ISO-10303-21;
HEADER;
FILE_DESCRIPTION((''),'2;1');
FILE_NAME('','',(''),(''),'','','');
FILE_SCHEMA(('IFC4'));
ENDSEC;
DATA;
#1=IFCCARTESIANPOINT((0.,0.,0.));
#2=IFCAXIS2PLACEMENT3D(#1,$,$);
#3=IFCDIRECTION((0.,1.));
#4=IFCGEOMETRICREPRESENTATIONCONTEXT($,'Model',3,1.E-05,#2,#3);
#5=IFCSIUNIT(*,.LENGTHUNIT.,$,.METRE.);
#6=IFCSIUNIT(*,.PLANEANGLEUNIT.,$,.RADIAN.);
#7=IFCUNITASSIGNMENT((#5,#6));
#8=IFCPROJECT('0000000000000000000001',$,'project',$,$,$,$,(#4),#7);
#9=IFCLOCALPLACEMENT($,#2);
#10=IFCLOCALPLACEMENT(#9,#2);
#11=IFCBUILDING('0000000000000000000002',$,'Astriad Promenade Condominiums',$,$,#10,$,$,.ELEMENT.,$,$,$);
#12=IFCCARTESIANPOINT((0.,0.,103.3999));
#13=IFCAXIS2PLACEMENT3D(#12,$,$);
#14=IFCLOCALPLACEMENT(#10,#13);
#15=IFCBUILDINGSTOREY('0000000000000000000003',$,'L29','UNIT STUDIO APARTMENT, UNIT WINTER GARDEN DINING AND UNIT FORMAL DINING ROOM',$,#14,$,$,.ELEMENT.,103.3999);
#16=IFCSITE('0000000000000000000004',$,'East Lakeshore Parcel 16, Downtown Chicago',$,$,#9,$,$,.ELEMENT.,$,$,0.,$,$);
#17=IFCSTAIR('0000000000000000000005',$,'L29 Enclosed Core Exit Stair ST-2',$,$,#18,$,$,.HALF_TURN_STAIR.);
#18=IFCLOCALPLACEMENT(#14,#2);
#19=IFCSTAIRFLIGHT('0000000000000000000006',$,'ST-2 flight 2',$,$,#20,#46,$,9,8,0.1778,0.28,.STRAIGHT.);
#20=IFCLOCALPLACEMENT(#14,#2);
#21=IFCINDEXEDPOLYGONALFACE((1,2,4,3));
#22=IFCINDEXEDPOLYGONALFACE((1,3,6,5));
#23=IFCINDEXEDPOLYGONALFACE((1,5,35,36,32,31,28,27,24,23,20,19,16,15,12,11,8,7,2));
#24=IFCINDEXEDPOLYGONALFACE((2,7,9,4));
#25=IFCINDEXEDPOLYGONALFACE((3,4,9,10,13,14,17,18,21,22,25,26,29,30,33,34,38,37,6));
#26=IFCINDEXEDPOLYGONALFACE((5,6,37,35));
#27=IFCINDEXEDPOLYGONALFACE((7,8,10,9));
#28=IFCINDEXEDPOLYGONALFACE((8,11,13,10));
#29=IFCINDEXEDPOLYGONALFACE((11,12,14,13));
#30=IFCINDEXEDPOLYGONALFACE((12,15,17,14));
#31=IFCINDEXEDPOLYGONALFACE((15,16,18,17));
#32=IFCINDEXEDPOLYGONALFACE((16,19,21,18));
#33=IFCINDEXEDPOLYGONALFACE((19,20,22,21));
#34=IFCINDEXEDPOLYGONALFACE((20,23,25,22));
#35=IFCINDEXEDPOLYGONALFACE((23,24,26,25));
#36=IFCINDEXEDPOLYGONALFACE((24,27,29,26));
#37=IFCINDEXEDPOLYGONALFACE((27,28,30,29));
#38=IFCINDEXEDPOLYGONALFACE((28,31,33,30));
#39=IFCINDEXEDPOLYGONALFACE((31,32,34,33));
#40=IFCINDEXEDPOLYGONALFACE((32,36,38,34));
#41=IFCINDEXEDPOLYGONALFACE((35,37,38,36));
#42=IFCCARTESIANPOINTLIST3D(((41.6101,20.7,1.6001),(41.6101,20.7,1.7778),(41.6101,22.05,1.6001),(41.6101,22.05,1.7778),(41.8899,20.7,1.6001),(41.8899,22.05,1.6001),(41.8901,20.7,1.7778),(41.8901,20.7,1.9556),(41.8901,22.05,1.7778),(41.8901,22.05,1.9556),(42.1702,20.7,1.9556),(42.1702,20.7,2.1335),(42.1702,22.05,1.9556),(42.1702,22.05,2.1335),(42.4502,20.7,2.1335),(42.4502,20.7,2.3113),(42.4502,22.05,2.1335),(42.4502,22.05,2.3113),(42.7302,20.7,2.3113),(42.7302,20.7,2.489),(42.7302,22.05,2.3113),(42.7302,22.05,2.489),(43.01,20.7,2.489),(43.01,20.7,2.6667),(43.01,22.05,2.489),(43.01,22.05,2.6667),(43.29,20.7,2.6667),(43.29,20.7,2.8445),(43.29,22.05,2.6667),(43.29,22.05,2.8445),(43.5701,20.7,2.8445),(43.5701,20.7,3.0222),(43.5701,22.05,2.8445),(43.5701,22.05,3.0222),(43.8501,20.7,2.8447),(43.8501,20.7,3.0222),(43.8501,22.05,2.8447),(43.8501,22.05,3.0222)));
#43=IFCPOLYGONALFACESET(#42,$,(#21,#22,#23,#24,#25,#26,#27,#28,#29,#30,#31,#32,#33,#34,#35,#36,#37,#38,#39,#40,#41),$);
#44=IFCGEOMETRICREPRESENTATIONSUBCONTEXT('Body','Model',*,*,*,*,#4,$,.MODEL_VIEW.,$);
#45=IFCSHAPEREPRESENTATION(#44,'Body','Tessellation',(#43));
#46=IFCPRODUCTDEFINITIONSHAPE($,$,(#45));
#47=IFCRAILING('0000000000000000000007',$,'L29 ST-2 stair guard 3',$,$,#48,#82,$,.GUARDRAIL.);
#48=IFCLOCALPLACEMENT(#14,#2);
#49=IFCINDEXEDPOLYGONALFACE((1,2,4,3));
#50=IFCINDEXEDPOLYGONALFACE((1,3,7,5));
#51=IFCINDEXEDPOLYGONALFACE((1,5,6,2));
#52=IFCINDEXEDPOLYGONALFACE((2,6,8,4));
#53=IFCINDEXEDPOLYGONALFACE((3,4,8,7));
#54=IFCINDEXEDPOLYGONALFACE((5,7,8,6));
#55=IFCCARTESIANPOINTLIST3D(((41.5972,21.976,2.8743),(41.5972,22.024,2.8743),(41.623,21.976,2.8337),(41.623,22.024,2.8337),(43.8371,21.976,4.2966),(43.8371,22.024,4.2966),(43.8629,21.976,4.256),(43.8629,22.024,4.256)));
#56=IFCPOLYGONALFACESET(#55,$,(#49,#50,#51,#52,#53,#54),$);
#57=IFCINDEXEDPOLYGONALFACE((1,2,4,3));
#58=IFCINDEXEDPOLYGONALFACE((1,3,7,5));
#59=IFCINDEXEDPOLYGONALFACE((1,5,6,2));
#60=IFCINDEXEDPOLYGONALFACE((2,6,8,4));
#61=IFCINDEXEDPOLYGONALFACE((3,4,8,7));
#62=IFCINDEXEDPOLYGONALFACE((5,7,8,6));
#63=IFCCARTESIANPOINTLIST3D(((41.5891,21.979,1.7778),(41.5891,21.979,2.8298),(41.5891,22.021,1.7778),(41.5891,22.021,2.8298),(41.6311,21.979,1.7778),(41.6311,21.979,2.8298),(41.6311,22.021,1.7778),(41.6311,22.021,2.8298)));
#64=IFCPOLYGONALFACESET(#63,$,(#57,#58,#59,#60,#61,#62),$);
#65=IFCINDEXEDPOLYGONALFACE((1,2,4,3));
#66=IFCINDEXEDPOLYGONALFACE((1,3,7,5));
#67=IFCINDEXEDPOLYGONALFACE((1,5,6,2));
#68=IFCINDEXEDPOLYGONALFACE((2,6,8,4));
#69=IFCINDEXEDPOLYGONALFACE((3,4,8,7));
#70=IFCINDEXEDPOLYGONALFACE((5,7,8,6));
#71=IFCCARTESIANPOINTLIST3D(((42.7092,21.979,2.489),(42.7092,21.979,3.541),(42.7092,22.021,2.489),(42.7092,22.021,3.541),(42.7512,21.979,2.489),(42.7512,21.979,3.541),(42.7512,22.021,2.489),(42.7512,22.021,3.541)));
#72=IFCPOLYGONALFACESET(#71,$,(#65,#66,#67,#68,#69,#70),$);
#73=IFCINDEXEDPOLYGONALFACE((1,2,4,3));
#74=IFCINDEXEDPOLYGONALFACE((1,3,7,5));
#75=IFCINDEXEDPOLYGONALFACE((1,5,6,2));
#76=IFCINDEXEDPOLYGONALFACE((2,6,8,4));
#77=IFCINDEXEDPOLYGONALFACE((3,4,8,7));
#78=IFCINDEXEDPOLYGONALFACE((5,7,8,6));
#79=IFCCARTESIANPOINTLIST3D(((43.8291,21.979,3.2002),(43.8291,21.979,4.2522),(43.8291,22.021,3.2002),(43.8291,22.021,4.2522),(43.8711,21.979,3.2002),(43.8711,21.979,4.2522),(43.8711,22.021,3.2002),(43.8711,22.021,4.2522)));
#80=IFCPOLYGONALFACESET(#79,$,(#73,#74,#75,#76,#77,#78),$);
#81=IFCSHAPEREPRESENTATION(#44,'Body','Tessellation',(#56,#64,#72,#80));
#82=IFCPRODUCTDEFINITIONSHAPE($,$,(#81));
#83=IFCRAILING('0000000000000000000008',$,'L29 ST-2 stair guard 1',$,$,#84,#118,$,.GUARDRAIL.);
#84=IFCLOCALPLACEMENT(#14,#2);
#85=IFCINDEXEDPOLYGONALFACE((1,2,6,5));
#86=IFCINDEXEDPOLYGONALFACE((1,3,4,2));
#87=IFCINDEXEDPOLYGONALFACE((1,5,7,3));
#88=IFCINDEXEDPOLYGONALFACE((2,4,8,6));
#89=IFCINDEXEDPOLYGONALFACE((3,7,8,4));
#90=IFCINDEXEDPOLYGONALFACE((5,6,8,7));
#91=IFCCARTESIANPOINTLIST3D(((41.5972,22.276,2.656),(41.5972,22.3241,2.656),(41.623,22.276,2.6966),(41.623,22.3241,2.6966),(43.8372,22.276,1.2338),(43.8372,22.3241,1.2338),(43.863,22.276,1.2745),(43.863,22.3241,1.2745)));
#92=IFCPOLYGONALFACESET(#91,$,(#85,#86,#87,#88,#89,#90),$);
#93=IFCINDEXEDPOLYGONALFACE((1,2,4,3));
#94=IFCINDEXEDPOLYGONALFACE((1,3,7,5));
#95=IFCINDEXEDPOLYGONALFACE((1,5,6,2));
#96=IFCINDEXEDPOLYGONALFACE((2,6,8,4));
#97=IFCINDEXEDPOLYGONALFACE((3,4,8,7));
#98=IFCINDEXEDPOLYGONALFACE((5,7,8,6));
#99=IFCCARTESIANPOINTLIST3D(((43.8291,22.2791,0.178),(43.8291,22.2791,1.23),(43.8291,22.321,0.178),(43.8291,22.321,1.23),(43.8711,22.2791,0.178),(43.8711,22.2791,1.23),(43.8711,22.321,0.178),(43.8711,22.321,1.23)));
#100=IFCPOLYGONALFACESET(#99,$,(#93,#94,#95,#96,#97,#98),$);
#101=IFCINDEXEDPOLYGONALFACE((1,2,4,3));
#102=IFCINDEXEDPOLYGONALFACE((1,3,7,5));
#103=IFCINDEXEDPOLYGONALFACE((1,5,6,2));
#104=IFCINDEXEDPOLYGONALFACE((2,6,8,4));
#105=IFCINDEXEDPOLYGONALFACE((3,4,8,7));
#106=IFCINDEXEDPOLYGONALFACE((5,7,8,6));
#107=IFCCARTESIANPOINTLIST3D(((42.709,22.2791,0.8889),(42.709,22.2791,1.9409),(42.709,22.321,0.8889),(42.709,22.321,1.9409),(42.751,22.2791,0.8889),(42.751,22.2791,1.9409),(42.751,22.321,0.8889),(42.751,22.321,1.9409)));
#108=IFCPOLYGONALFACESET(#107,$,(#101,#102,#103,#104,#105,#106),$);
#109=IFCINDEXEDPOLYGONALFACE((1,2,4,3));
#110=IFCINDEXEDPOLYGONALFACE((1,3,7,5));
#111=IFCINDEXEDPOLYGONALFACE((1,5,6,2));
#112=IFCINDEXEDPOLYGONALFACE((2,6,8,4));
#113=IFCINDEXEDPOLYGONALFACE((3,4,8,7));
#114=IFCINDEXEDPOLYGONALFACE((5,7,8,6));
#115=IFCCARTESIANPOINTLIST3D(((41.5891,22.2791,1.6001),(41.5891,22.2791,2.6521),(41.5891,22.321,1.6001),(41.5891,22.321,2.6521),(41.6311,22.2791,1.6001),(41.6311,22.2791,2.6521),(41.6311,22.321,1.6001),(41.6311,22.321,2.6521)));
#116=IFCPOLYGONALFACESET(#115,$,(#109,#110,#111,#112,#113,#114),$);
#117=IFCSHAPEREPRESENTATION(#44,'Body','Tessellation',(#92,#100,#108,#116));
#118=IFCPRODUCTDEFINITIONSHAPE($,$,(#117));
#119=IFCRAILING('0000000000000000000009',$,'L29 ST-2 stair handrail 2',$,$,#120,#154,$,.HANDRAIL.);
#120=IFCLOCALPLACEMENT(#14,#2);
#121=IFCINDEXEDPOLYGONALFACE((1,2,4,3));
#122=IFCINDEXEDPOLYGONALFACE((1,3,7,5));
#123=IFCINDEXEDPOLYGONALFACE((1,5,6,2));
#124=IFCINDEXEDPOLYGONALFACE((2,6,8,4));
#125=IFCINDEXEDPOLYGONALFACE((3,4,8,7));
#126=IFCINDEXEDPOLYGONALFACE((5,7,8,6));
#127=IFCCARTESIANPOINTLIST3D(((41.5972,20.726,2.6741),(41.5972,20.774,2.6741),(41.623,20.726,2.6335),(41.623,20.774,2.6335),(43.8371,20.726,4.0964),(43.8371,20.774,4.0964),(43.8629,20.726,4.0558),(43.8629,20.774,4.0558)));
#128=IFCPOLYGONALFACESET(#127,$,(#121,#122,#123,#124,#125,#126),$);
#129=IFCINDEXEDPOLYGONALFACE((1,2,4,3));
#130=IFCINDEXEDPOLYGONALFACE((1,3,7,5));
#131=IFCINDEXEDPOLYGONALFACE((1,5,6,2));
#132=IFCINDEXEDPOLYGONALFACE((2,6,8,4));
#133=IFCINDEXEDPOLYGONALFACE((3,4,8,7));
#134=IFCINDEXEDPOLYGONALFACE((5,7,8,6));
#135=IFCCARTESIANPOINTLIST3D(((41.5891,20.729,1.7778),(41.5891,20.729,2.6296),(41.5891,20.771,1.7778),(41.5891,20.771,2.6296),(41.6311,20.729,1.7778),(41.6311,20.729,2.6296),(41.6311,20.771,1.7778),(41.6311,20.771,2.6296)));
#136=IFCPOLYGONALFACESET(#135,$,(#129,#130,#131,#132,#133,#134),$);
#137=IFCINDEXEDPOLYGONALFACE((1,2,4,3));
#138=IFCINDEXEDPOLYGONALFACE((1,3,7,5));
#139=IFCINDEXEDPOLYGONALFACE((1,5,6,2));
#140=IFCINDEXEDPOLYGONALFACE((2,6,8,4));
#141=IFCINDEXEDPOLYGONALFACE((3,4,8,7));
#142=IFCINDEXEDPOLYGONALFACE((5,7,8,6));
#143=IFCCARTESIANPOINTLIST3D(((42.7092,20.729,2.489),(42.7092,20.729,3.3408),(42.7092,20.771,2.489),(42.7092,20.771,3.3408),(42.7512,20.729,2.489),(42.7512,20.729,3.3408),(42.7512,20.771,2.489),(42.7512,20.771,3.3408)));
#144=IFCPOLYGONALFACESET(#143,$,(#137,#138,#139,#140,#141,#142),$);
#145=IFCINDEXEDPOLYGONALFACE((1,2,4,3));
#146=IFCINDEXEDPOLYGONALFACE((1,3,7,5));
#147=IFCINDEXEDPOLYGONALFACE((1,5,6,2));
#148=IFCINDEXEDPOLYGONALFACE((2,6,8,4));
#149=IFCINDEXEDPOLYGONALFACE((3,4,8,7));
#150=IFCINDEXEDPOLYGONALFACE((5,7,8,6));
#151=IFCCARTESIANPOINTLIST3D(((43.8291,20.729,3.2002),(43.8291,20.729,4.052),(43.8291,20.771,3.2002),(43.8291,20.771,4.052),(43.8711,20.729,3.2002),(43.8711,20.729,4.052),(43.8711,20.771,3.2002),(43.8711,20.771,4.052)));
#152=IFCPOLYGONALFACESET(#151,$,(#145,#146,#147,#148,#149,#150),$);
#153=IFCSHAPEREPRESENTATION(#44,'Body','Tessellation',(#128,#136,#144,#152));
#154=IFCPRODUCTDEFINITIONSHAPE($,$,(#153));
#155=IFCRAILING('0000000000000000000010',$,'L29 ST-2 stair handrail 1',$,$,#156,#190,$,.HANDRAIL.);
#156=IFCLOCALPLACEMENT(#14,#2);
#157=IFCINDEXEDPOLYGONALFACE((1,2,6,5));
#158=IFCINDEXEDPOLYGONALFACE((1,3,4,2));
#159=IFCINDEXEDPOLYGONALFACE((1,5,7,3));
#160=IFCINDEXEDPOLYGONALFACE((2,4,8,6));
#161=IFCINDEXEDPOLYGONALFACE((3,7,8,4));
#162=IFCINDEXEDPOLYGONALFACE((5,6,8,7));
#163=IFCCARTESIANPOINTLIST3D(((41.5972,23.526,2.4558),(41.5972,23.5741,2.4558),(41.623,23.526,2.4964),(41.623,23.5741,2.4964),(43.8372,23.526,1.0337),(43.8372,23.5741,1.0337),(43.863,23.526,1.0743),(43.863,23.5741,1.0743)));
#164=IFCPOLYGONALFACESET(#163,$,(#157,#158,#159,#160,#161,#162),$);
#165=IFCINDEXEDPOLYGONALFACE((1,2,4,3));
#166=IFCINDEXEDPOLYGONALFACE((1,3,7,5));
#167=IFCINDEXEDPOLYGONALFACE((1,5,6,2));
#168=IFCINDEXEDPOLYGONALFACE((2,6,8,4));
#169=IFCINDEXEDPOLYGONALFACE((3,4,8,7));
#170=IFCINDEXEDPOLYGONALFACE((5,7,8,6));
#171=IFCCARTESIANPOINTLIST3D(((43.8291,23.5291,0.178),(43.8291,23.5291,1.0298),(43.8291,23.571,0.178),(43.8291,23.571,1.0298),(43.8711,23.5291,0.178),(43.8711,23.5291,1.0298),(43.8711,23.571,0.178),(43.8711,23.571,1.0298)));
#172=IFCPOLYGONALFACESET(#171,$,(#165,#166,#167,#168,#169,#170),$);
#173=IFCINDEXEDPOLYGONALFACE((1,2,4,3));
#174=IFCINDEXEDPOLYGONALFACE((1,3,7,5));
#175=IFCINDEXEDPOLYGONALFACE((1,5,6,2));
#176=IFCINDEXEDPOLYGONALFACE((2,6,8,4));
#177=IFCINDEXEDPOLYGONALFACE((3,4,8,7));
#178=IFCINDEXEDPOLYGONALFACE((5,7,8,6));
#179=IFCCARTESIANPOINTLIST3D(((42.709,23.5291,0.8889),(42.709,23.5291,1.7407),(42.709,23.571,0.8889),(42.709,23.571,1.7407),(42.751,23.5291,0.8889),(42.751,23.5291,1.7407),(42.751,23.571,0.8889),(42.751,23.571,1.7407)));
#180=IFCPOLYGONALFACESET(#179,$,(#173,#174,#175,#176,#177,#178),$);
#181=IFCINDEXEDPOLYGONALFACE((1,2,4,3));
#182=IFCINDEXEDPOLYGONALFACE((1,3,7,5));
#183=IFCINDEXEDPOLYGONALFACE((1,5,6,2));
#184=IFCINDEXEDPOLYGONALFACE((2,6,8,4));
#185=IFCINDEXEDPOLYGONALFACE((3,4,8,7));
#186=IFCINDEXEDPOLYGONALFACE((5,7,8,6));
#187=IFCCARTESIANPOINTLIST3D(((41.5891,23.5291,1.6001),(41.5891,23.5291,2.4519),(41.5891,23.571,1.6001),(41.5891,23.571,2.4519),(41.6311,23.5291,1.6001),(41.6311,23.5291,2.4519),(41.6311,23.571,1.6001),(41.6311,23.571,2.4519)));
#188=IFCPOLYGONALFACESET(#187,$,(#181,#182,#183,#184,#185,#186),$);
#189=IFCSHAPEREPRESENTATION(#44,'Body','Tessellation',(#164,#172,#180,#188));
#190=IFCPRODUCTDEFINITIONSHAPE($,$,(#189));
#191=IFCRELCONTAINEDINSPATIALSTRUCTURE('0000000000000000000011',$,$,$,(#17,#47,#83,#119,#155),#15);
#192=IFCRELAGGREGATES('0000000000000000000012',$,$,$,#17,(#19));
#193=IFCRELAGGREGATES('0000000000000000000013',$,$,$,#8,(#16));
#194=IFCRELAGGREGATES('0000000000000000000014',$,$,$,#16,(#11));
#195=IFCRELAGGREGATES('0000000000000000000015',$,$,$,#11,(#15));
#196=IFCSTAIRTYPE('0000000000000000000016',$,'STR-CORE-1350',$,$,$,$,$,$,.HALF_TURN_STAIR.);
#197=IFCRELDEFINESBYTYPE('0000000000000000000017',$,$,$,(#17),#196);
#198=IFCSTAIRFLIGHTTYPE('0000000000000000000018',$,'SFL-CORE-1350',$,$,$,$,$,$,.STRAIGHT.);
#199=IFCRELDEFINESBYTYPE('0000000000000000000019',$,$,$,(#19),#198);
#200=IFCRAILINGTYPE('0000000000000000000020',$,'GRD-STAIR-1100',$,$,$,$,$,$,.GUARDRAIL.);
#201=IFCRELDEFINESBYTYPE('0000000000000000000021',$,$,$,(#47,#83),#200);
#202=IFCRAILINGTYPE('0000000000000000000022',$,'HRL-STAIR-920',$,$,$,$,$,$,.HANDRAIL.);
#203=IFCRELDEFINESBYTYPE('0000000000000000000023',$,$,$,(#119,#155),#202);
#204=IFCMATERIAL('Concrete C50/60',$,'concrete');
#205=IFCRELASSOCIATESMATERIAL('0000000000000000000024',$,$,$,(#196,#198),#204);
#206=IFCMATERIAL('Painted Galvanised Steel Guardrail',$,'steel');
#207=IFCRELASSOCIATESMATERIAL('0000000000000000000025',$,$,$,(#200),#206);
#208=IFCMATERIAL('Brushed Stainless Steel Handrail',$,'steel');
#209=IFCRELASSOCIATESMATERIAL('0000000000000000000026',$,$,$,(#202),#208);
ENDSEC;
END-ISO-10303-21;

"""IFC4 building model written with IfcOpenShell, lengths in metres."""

from ifc_helpers import new_model, si_unit, direction, frame, origin, origin_2d, place, context, subcontext, project, spatial, polyline, rectangle, outline, extrude, source, transform, mapped, material, type_object, type_shapes, element, aggregate, save


model = new_model("IFC4")

# Units and contexts
model_context = context("Model", 3, precision=1e-05, world=origin(), true_north=direction((0.0, 1.0)))
body_context = subcontext(model_context, "Body", "Model", "MODEL_VIEW")
ifc_project = project(units=[si_unit("LENGTHUNIT", "METRE"), si_unit("PLANEANGLEUNIT", "RADIAN")], contexts=[model_context])

# Site, building, storey
site_placement = place(None, origin())
site = spatial("IfcSite", under=ifc_project, at=site_placement, Name="East Lakeshore Parcel 16, Downtown Chicago", CompositionType="ELEMENT", RefElevation=0.0)
building_placement = place(site_placement, origin())
building = spatial("IfcBuilding", under=site, at=building_placement, Name="Astriad Promenade Condominiums", CompositionType="ELEMENT")
storey_placement = place(building_placement, frame((0.0, 0.0, 103.3999)))
storey = spatial("IfcBuildingStorey", under=building, at=storey_placement, Name="L29", Description="UNIT STUDIO APARTMENT, UNIT WINTER GARDEN DINING AND UNIT FORMAL DINING ROOM", CompositionType="ELEMENT", Elevation=103.3999)

# Shared definitions
ifc_material_1 = material(Name="Concrete C50/60", Category="concrete")

# Stair, stair flight
stair_type = type_object("IfcStairType", Name="STR-CORE-1350", PredefinedType="HALF_TURN_STAIR", material=ifc_material_1)
stair_placement = place(storey_placement, origin())
stair = element("IfcStair", 1, at=stair_placement, inside=storey, type_object=stair_type, Name="L29 Enclosed Core Exit Stair ST-2", PredefinedType="HALF_TURN_STAIR")
stair_flight_type = type_object("IfcStairFlightType", Name="SFL-CORE-1350", PredefinedType="STRAIGHT", material=ifc_material_1)
shared_shape_1 = source(origin(), body_context, "Body", "SweptSolid", [
    extrude(outline(polyline([(0.0, 0.0), (0.0, 0.1777), (0.28, 0.1777), (0.28, 0.3555), (0.5601, 0.3555), (0.5601, 0.5334), (0.8401, 0.5334), (0.8401, 0.7112), (1.1201, 0.7112), (1.1201, 0.8889), (1.3999, 0.8889), (1.3999, 1.0667), (1.6799, 1.0667), (1.6799, 1.2444), (1.96, 1.2444), (1.96, 1.4221), (2.24, 1.4221), (2.24, 1.6001), (2.24, 1.2446), (0.2798, 0.0), (0.0, 0.0)])), frame((0.0, 0.675, 0.0), z_axis=(0.0, -1.0, 0.0), x_axis=(1.0, 0.0, 0.0)), (0.0, 0.0, 1.0), 1.3501),
])
type_shapes(stair_flight_type, [shared_shape_1])
stair_flight_1_placement = place(storey_placement, frame((41.6101, 21.375, 1.6001), z_axis=(0.0, 0.0, 1.0), x_axis=(1.0, 0.0, 0.0)))
stair_flight_1 = element("IfcStairFlight", 2, at=stair_flight_1_placement, type_object=stair_flight_type, Name="ST-2 flight 2", NumberOfRisers=9, NumberOfTreads=8, PredefinedType="STRAIGHT", RiserHeight=0.1778, TreadLength=0.28, context=body_context, shape_type="MappedRepresentation", body=[
    mapped(shared_shape_1, transform((0.0, 0.0, 0.0), scale=1.0)),
])
aggregate(stair, [stair_flight_1])

# Railings
ifc_material_2 = material(Name="Painted Galvanised Steel Guardrail", Category="steel")
railing_type_1 = type_object("IfcRailingType", Name="GRD-STAIR-1100", PredefinedType="GUARDRAIL", material=ifc_material_2)
shared_shape_2 = source(origin(), body_context, "Body", "SweptSolid", [
    extrude(rectangle(XDim=0.0481, YDim=0.0481, at=origin_2d()), frame((0.0, 0.0, 1.0762), z_axis=(0.844188, 0.0, 0.536048), x_axis=(0.0, 1.0, 0.0)), (0.0, 0.0, 1.0), 2.6533),
    extrude(rectangle(XDim=0.042, YDim=0.042, at=origin_2d()), origin(), (0.0, 0.0, 1.0), 1.052),
    extrude(rectangle(XDim=0.042, YDim=0.042, at=origin_2d()), frame((1.1201, 0.0, 0.7112)), (0.0, 0.0, 1.0), 1.052),
    extrude(rectangle(XDim=0.042, YDim=0.042, at=origin_2d()), frame((2.24, 0.0, 1.4224)), (0.0, 0.0, 1.0), 1.052),
])
railing_1_placement = place(storey_placement, frame((41.6101, 22.0, 1.7778)))
element("IfcRailing", 3, at=railing_1_placement, inside=storey, type_object=railing_type_1, Name="L29 ST-2 stair guard 3", PredefinedType="GUARDRAIL", context=body_context, shape_type="MappedRepresentation", body=[
    mapped(shared_shape_2, transform((0.0, 0.0, 0.0), scale=1.0)),
])
shared_shape_3 = source(origin(), body_context, "Body", "SweptSolid", [
    extrude(rectangle(XDim=0.0481, YDim=0.0481, at=origin_2d()), frame((0.0, 0.0, 1.0762), z_axis=(-0.844229, 0.0, 0.535982), x_axis=(0.0, -1.0, 0.0)), (0.0, 0.0, 1.0), 2.6533),
    extrude(rectangle(XDim=0.042, YDim=0.042, at=origin_2d()), origin(), (0.0, 0.0, 1.0), 1.052),
    extrude(rectangle(XDim=0.042, YDim=0.042, at=origin_2d()), frame((-1.1201, 0.0, 0.7109)), (0.0, 0.0, 1.0), 1.052),
    extrude(rectangle(XDim=0.042, YDim=0.042, at=origin_2d()), frame((-2.24, 0.0, 1.4221)), (0.0, 0.0, 1.0), 1.052),
])
railing_2_placement = place(storey_placement, frame((43.8501, 22.3, 0.178)))
element("IfcRailing", 4, at=railing_2_placement, inside=storey, type_object=railing_type_1, Name="L29 ST-2 stair guard 1", PredefinedType="GUARDRAIL", context=body_context, shape_type="MappedRepresentation", body=[
    mapped(shared_shape_3, transform((0.0, 0.0, 0.0), scale=1.0)),
])
ifc_material_3 = material(Name="Brushed Stainless Steel Handrail", Category="steel")
railing_type_2 = type_object("IfcRailingType", Name="HRL-STAIR-920", PredefinedType="HANDRAIL", material=ifc_material_3)
shared_shape_4 = source(origin(), body_context, "Body", "SweptSolid", [
    extrude(rectangle(XDim=0.0481, YDim=0.0481, at=origin_2d()), frame((0.0, 0.0, 0.876), z_axis=(0.844188, 0.0, 0.536048), x_axis=(0.0, 1.0, 0.0)), (0.0, 0.0, 1.0), 2.6533),
    extrude(rectangle(XDim=0.042, YDim=0.042, at=origin_2d()), origin(), (0.0, 0.0, 1.0), 0.8518),
    extrude(rectangle(XDim=0.042, YDim=0.042, at=origin_2d()), frame((1.1201, 0.0, 0.7112)), (0.0, 0.0, 1.0), 0.8518),
    extrude(rectangle(XDim=0.042, YDim=0.042, at=origin_2d()), frame((2.24, 0.0, 1.4224)), (0.0, 0.0, 1.0), 0.8518),
])
railing_3_placement = place(storey_placement, frame((41.6101, 20.75, 1.7778)))
element("IfcRailing", 5, at=railing_3_placement, inside=storey, type_object=railing_type_2, Name="L29 ST-2 stair handrail 2", PredefinedType="HANDRAIL", context=body_context, shape_type="MappedRepresentation", body=[
    mapped(shared_shape_4, transform((0.0, 0.0, 0.0), scale=1.0)),
])
shared_shape_5 = source(origin(), body_context, "Body", "SweptSolid", [
    extrude(rectangle(XDim=0.0481, YDim=0.0481, at=origin_2d()), frame((0.0, 0.0, 0.876), z_axis=(-0.844229, 0.0, 0.535982), x_axis=(0.0, -1.0, 0.0)), (0.0, 0.0, 1.0), 2.6533),
    extrude(rectangle(XDim=0.042, YDim=0.042, at=origin_2d()), origin(), (0.0, 0.0, 1.0), 0.8518),
    extrude(rectangle(XDim=0.042, YDim=0.042, at=origin_2d()), frame((-1.1201, 0.0, 0.7109)), (0.0, 0.0, 1.0), 0.8518),
    extrude(rectangle(XDim=0.042, YDim=0.042, at=origin_2d()), frame((-2.24, 0.0, 1.4221)), (0.0, 0.0, 1.0), 0.8518),
])
type_shapes(railing_type_2, [shared_shape_4, shared_shape_5])
railing_4_placement = place(storey_placement, frame((43.8501, 23.55, 0.178)))
element("IfcRailing", 6, at=railing_4_placement, inside=storey, type_object=railing_type_2, Name="L29 ST-2 stair handrail 1", PredefinedType="HANDRAIL", context=body_context, shape_type="MappedRepresentation", body=[
    mapped(shared_shape_5, transform((0.0, 0.0, 0.0), scale=1.0)),
])

save(model, "model.ifc")
